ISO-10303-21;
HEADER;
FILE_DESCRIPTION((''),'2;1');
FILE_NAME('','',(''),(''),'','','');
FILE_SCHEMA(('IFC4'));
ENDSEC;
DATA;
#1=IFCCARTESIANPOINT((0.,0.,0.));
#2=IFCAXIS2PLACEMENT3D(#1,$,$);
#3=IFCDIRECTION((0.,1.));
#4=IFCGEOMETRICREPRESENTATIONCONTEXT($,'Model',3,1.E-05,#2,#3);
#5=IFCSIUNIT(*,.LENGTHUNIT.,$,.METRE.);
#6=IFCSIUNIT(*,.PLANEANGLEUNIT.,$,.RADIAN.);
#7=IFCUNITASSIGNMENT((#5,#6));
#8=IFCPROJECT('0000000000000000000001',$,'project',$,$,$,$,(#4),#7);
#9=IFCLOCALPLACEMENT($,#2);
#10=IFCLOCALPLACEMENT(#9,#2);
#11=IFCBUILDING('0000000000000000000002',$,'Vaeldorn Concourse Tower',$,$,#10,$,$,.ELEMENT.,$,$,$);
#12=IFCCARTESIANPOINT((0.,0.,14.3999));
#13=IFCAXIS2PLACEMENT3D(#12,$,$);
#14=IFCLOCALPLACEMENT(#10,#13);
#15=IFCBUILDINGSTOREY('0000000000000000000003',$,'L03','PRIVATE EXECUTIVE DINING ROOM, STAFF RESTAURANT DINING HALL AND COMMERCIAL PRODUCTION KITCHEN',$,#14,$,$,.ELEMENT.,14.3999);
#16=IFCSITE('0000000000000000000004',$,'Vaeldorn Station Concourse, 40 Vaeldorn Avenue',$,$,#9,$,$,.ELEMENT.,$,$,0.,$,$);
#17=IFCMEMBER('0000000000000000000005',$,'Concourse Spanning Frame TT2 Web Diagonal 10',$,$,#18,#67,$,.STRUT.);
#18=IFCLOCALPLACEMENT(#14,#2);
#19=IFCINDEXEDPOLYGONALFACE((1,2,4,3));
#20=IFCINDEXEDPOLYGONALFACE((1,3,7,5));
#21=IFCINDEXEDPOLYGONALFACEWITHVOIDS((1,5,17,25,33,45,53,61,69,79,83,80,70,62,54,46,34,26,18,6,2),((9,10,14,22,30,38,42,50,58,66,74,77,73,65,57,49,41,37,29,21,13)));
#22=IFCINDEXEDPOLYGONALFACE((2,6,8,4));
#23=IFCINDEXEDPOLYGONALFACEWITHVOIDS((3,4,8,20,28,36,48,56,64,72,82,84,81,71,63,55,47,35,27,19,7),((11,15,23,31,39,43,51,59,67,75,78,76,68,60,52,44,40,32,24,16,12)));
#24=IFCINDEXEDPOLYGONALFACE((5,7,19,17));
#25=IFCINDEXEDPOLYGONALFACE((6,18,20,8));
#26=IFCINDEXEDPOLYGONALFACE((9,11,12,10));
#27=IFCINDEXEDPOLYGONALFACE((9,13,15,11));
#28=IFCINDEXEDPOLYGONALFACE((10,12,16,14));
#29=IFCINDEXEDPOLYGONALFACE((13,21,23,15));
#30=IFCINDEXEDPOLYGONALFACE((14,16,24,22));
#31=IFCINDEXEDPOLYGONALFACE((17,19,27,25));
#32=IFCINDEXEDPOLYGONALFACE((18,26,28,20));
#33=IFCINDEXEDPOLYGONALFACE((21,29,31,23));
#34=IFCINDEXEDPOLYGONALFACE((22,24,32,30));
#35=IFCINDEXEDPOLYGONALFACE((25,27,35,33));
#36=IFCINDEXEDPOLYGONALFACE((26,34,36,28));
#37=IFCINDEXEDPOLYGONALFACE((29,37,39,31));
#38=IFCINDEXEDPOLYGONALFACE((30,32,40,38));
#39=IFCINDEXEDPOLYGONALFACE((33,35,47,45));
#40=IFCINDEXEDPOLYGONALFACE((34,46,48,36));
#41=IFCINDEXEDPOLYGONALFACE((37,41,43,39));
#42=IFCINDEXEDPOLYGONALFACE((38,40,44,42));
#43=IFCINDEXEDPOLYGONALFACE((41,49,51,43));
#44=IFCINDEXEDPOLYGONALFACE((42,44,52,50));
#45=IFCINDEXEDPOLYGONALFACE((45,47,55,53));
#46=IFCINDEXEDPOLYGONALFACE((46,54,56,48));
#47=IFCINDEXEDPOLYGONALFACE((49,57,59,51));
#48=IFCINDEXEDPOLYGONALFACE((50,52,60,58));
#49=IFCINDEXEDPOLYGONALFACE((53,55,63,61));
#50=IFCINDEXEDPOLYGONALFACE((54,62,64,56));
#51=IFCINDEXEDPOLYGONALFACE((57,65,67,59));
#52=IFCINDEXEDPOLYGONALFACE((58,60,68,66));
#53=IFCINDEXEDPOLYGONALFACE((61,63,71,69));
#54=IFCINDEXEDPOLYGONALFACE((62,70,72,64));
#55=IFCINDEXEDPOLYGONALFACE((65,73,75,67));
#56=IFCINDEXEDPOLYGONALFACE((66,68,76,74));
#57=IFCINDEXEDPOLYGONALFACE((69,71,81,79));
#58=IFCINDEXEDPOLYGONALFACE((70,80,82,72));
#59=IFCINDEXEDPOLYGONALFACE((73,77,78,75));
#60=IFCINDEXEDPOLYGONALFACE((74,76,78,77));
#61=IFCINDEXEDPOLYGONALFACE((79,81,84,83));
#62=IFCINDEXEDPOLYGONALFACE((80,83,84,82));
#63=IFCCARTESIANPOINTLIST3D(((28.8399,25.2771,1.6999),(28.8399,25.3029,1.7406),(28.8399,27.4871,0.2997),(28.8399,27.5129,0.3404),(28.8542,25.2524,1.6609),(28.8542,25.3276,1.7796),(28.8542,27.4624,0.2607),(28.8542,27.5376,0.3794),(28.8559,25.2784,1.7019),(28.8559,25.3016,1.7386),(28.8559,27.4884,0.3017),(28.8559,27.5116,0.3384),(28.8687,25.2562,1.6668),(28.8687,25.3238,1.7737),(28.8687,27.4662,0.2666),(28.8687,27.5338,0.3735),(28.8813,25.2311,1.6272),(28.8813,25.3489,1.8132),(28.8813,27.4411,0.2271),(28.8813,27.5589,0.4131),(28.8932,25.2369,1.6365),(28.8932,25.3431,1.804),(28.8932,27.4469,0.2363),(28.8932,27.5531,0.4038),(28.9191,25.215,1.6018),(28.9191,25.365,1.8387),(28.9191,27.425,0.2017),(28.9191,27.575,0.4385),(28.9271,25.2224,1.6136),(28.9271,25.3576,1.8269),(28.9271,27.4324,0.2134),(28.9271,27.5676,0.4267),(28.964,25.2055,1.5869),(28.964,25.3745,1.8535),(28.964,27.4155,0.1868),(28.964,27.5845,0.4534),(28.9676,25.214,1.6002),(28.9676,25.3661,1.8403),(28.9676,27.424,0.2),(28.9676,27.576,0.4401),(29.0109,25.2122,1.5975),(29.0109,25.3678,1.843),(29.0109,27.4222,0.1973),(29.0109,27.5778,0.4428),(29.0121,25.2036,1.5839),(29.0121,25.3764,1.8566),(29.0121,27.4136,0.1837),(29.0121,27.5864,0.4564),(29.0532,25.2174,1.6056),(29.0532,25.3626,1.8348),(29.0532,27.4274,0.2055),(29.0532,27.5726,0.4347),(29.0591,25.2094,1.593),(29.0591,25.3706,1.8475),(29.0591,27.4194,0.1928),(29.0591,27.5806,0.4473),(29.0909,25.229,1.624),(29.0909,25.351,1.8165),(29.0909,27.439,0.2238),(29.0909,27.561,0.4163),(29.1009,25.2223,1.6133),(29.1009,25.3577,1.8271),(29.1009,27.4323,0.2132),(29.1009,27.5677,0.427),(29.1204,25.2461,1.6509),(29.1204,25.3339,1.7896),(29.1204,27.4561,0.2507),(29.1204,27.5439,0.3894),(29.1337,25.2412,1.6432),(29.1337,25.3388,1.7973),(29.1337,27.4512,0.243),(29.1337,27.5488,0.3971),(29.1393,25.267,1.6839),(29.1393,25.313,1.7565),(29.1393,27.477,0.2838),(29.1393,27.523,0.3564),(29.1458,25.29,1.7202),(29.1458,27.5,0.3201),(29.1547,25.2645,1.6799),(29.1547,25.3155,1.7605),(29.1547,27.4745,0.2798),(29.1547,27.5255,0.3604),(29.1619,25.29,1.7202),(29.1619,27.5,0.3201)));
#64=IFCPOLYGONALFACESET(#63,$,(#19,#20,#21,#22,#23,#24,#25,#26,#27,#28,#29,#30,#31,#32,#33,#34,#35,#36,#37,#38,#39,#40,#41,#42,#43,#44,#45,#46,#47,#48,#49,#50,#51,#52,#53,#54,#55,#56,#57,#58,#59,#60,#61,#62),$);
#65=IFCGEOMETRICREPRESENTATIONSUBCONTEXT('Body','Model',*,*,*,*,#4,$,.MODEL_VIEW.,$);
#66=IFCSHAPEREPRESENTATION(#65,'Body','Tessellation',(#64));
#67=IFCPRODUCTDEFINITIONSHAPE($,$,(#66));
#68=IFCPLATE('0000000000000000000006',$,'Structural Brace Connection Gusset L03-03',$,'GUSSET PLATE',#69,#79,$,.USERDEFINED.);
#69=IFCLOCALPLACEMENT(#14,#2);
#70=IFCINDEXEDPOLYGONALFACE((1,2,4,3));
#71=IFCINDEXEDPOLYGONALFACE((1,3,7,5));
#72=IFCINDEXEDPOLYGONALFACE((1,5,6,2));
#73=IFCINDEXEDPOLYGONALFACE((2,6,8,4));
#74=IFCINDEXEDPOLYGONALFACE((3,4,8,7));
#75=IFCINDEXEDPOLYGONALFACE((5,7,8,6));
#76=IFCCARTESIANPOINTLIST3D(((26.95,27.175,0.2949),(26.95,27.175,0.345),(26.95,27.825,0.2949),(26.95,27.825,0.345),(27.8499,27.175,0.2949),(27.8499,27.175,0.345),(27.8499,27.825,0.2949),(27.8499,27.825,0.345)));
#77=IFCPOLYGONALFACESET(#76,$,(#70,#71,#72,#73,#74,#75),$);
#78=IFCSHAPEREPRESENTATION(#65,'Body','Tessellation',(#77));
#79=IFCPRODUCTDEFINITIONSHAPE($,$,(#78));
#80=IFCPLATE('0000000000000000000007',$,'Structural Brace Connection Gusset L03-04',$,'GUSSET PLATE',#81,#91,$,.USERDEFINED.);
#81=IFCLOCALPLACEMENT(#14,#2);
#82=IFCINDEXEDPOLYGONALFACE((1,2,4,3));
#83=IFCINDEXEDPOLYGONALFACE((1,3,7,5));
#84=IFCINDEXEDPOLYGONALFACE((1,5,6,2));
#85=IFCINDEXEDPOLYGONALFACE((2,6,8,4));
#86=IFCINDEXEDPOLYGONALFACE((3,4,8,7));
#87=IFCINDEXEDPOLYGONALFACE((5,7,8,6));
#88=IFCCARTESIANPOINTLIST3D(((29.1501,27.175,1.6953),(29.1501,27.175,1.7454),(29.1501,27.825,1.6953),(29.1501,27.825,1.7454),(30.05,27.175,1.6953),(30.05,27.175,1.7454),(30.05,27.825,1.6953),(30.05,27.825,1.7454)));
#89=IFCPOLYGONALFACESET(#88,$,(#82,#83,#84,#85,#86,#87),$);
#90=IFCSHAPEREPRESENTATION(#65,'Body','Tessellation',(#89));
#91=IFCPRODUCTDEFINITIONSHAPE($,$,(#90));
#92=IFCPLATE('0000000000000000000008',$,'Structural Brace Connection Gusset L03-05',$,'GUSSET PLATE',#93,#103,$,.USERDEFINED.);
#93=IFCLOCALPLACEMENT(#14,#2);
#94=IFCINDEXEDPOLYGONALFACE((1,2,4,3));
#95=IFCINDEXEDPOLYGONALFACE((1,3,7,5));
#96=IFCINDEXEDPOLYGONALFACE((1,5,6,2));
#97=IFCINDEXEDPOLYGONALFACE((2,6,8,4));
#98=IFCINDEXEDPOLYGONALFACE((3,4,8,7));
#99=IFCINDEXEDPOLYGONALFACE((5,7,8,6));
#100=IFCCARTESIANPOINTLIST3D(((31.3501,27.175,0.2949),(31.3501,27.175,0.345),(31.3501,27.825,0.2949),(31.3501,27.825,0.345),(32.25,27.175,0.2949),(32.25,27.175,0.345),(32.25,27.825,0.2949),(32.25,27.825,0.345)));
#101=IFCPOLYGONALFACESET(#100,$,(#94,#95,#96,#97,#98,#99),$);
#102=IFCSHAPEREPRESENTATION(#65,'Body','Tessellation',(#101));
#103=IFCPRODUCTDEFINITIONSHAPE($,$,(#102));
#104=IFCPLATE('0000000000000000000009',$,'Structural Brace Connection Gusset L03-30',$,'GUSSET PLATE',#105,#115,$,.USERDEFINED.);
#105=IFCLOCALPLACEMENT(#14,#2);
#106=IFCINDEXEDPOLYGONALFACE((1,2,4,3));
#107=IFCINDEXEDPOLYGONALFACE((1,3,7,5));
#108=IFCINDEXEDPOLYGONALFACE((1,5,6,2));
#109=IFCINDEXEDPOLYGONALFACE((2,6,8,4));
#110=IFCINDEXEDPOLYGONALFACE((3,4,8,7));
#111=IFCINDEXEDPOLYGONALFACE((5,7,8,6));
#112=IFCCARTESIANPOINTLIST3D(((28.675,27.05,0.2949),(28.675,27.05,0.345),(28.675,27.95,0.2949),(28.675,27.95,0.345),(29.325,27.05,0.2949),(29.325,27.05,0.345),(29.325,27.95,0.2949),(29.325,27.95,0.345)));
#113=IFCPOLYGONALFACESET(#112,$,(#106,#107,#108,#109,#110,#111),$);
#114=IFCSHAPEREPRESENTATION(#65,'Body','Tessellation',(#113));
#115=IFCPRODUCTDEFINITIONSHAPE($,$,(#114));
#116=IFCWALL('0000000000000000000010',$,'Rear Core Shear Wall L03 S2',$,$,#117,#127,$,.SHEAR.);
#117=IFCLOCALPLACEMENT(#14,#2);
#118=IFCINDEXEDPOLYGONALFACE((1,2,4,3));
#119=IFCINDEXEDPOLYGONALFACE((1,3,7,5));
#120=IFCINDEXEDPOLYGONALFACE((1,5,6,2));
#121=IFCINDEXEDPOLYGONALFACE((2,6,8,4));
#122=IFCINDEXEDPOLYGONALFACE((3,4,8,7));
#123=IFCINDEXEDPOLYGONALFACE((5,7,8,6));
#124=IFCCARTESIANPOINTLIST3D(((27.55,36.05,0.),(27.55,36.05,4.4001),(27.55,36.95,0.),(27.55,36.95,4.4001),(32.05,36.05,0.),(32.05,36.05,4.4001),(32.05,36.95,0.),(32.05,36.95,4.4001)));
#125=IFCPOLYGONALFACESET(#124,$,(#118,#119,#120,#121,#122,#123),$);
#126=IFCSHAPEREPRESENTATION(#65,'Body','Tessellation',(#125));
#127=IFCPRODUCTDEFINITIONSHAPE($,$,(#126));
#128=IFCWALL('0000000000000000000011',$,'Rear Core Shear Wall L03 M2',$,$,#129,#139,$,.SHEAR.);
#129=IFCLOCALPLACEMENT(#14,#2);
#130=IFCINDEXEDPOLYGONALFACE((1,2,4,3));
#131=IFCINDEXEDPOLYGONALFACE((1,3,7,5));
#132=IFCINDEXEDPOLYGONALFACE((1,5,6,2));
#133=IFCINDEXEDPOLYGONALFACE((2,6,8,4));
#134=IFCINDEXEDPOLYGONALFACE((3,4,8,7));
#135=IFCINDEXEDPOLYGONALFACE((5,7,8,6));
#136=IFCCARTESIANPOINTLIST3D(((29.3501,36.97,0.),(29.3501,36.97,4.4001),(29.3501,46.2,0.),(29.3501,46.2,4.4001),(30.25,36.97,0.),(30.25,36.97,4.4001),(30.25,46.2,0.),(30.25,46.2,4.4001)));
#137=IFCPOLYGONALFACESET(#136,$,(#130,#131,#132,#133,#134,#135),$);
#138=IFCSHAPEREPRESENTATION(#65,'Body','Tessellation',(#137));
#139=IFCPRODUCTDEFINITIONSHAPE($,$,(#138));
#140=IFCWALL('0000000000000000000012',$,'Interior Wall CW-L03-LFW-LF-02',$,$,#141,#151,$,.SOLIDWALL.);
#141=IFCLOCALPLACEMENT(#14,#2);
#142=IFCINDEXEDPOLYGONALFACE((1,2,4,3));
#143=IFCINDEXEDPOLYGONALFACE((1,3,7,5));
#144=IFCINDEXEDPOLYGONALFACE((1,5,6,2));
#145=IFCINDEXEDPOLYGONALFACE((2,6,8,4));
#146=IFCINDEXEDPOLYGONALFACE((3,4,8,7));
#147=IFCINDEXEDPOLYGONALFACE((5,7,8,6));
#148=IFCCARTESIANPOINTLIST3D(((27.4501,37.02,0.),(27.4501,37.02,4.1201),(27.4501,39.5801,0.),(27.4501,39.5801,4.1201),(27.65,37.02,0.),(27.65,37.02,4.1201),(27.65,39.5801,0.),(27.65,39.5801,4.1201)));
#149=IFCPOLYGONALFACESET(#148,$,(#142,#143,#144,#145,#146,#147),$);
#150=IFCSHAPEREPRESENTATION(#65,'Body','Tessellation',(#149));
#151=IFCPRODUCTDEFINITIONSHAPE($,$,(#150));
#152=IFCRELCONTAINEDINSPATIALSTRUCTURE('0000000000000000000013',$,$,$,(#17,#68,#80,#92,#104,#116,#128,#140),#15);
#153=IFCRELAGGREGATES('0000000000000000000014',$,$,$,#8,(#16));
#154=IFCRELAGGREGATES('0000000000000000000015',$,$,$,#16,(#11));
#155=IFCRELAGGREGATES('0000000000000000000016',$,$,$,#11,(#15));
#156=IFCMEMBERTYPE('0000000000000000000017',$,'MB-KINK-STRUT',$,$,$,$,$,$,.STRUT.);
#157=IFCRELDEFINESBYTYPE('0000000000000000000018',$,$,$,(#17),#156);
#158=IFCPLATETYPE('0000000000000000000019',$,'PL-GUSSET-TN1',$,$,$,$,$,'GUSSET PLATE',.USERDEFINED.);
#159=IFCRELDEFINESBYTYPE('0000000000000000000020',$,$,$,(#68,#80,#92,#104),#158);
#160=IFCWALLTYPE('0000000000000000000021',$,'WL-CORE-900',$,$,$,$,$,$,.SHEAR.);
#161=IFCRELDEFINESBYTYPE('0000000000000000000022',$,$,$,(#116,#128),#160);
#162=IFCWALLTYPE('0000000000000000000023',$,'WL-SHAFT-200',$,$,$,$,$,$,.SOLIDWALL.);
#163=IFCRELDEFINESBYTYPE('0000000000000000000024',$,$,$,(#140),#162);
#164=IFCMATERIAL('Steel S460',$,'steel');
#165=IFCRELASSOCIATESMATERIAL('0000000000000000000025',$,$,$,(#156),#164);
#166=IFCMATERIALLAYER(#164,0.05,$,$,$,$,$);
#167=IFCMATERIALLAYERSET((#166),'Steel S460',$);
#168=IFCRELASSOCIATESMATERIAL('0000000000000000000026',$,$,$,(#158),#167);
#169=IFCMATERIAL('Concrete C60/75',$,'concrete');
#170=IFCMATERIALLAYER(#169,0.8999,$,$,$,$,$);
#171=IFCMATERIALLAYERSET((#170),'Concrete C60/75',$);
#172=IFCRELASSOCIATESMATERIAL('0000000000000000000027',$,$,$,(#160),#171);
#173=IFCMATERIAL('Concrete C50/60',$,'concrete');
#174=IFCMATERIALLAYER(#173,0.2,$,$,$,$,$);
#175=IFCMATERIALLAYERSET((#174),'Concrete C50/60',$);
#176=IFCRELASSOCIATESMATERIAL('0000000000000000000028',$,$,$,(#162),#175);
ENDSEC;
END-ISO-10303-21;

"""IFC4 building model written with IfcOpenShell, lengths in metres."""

from ifc_helpers import new_model, si_unit, direction, frame, frame_2d, origin, origin_2d, place, context, subcontext, project, spatial, rectangle, hollow_circle, extrude, source, transform, mapped, material, layer, layer_set, material_profile, profile_set, type_object, element, save


model = new_model("IFC4")

# Units and contexts
model_context = context("Model", 3, precision=1e-05, world=origin(), true_north=direction((0.0, 1.0)))
body_context = subcontext(model_context, "Body", "Model", "MODEL_VIEW")
ifc_project = project(units=[si_unit("LENGTHUNIT", "METRE"), si_unit("PLANEANGLEUNIT", "RADIAN")], contexts=[model_context])

# Site, building, storey
site_placement = place(None, origin())
site = spatial("IfcSite", under=ifc_project, at=site_placement, Name="Vaeldorn Station Concourse, 40 Vaeldorn Avenue", CompositionType="ELEMENT", RefElevation=0.0)
building_placement = place(site_placement, origin())
building = spatial("IfcBuilding", under=site, at=building_placement, Name="Vaeldorn Concourse Tower", CompositionType="ELEMENT")
storey_placement = place(building_placement, frame((0.0, 0.0, 14.3999)))
storey = spatial("IfcBuildingStorey", under=building, at=storey_placement, Name="L03", Description="PRIVATE EXECUTIVE DINING ROOM, STAFF RESTAURANT DINING HALL AND COMMERCIAL PRODUCTION KITCHEN", CompositionType="ELEMENT", Elevation=14.3999)

# Shared definitions
ifc_material_1 = material(Name="Steel S460", Category="steel")

# Member
ifc_material_profile_1 = material_profile(ifc_material_1, hollow_circle(Radius=0.1619, WallThickness=0.0161, at=origin_2d()), Name="CHS 323.9x16")
ifc_profile_set_1 = profile_set([ifc_material_profile_1], Name="Steel S460")
member_type = type_object("IfcMemberType", Name="MB-KINK-STRUT", PredefinedType="STRUT", material=ifc_profile_set_1)
shared_shape_1 = source(origin(), body_context, "Body", "SweptSolid", [
    extrude(hollow_circle(Radius=0.1619, WallThickness=0.0161, at=origin_2d()), origin(), (0.0, 0.0, 1.0), 2.6162),
])
member_1_placement = place(storey_placement, frame((29.0, 27.5, 0.3201), z_axis=(0.0, -0.844732, 0.53519), x_axis=(1.0, 0.0, 0.0)))
element("IfcMember", 1, at=member_1_placement, inside=storey, type_object=member_type, Name="Concourse Spanning Frame TT2 Web Diagonal 10", PredefinedType="STRUT", context=body_context, shape_type="MappedRepresentation", body=[
    mapped(shared_shape_1, transform((0.0, 0.0, 0.0), scale=1.0)),
])

# Plates
ifc_layer_1 = layer(ifc_material_1, 0.05)
ifc_layer_set_1 = layer_set([ifc_layer_1], Name="Steel S460")
plate_type = type_object("IfcPlateType", Name="PL-GUSSET-TN1", ElementType="GUSSET PLATE", PredefinedType="USERDEFINED", material=ifc_layer_set_1)
shared_shape_2 = source(origin(), body_context, "Body", "SweptSolid", [
    extrude(rectangle(XDim=0.8999, YDim=0.6499, at=origin_2d()), origin(), (0.0, 0.0, 1.0), 0.05),
])
for number, where, z_axis, x_axis, name in (
    (2, (27.3999, 27.5, 0.2949), (0.0, 0.0, 1.0), (1.0, 0.0, 0.0), "Structural Brace Connection Gusset L03-03"),
    (3, (29.6001, 27.5, 1.6953), (0.0, 0.0, 1.0), (1.0, 0.0, 0.0), "Structural Brace Connection Gusset L03-04"),
    (4, (31.8, 27.5, 0.2949), (0.0, 0.0, 1.0), (1.0, 0.0, 0.0), "Structural Brace Connection Gusset L03-05"),
    (5, (29.0, 27.5, 0.2949), (0.0, 0.0, 1.0), (0.0, 1.0, 0.0), "Structural Brace Connection Gusset L03-30"),
):
    element("IfcPlate", number, at=place(storey_placement, frame(where, z_axis=z_axis, x_axis=x_axis)), inside=storey, type_object=plate_type, Name=name, ObjectType="GUSSET PLATE", PredefinedType="USERDEFINED", context=body_context, shape_type="MappedRepresentation", body=[
        mapped(shared_shape_2, transform((0.0, 0.0, 0.0), scale=1.0)),
    ])

# Walls
ifc_material_2 = material(Name="Concrete C60/75", Category="concrete")
ifc_layer_2 = layer(ifc_material_2, 0.8999)
ifc_layer_set_2 = layer_set([ifc_layer_2], Name="Concrete C60/75")
wall_type_1 = type_object("IfcWallType", Name="WL-CORE-900", PredefinedType="SHEAR", material=ifc_layer_set_2)
wall_1_placement = place(storey_placement, frame((27.55, 36.5, 0.0), z_axis=(0.0, 0.0, 1.0), x_axis=(1.0, 0.0, 0.0)))
element("IfcWall", 6, at=wall_1_placement, inside=storey, type_object=wall_type_1, Name="Rear Core Shear Wall L03 S2", PredefinedType="SHEAR", context=body_context, shape_type="SweptSolid", body=[
    extrude(rectangle(XDim=4.5, YDim=0.8999, at=frame_2d((2.25, 0.0))), origin(), (0.0, 0.0, 1.0), 4.4001),
])
wall_2_placement = place(storey_placement, frame((29.8, 36.97, 0.0), z_axis=(0.0, 0.0, 1.0), x_axis=(0.0, 1.0, 0.0)))
element("IfcWall", 7, at=wall_2_placement, inside=storey, type_object=wall_type_1, Name="Rear Core Shear Wall L03 M2", PredefinedType="SHEAR", context=body_context, shape_type="SweptSolid", body=[
    extrude(rectangle(XDim=9.23, YDim=0.8999, at=frame_2d((4.615, 0.0))), origin(), (0.0, 0.0, 1.0), 4.4001),
])

# Shared definitions
ifc_material_3 = material(Name="Concrete C50/60", Category="concrete")
ifc_layer_3 = layer(ifc_material_3, 0.2)
ifc_layer_set_3 = layer_set([ifc_layer_3], Name="Concrete C50/60")
wall_type_2 = type_object("IfcWallType", Name="WL-SHAFT-200", PredefinedType="SOLIDWALL", material=ifc_layer_set_3)

# Wall
wall_3_placement = place(storey_placement, frame((27.55, 37.02, 0.0), z_axis=(0.0, 0.0, 1.0), x_axis=(0.0, 1.0, 0.0)))
element("IfcWall", 8, at=wall_3_placement, inside=storey, type_object=wall_type_2, Name="Interior Wall CW-L03-LFW-LF-02", PredefinedType="SOLIDWALL", context=body_context, shape_type="SweptSolid", body=[
    extrude(rectangle(XDim=2.5601, YDim=0.2, at=frame_2d((1.28, 0.0))), origin(), (0.0, 0.0, 1.0), 4.1201),
])

save(model, "model.ifc")
